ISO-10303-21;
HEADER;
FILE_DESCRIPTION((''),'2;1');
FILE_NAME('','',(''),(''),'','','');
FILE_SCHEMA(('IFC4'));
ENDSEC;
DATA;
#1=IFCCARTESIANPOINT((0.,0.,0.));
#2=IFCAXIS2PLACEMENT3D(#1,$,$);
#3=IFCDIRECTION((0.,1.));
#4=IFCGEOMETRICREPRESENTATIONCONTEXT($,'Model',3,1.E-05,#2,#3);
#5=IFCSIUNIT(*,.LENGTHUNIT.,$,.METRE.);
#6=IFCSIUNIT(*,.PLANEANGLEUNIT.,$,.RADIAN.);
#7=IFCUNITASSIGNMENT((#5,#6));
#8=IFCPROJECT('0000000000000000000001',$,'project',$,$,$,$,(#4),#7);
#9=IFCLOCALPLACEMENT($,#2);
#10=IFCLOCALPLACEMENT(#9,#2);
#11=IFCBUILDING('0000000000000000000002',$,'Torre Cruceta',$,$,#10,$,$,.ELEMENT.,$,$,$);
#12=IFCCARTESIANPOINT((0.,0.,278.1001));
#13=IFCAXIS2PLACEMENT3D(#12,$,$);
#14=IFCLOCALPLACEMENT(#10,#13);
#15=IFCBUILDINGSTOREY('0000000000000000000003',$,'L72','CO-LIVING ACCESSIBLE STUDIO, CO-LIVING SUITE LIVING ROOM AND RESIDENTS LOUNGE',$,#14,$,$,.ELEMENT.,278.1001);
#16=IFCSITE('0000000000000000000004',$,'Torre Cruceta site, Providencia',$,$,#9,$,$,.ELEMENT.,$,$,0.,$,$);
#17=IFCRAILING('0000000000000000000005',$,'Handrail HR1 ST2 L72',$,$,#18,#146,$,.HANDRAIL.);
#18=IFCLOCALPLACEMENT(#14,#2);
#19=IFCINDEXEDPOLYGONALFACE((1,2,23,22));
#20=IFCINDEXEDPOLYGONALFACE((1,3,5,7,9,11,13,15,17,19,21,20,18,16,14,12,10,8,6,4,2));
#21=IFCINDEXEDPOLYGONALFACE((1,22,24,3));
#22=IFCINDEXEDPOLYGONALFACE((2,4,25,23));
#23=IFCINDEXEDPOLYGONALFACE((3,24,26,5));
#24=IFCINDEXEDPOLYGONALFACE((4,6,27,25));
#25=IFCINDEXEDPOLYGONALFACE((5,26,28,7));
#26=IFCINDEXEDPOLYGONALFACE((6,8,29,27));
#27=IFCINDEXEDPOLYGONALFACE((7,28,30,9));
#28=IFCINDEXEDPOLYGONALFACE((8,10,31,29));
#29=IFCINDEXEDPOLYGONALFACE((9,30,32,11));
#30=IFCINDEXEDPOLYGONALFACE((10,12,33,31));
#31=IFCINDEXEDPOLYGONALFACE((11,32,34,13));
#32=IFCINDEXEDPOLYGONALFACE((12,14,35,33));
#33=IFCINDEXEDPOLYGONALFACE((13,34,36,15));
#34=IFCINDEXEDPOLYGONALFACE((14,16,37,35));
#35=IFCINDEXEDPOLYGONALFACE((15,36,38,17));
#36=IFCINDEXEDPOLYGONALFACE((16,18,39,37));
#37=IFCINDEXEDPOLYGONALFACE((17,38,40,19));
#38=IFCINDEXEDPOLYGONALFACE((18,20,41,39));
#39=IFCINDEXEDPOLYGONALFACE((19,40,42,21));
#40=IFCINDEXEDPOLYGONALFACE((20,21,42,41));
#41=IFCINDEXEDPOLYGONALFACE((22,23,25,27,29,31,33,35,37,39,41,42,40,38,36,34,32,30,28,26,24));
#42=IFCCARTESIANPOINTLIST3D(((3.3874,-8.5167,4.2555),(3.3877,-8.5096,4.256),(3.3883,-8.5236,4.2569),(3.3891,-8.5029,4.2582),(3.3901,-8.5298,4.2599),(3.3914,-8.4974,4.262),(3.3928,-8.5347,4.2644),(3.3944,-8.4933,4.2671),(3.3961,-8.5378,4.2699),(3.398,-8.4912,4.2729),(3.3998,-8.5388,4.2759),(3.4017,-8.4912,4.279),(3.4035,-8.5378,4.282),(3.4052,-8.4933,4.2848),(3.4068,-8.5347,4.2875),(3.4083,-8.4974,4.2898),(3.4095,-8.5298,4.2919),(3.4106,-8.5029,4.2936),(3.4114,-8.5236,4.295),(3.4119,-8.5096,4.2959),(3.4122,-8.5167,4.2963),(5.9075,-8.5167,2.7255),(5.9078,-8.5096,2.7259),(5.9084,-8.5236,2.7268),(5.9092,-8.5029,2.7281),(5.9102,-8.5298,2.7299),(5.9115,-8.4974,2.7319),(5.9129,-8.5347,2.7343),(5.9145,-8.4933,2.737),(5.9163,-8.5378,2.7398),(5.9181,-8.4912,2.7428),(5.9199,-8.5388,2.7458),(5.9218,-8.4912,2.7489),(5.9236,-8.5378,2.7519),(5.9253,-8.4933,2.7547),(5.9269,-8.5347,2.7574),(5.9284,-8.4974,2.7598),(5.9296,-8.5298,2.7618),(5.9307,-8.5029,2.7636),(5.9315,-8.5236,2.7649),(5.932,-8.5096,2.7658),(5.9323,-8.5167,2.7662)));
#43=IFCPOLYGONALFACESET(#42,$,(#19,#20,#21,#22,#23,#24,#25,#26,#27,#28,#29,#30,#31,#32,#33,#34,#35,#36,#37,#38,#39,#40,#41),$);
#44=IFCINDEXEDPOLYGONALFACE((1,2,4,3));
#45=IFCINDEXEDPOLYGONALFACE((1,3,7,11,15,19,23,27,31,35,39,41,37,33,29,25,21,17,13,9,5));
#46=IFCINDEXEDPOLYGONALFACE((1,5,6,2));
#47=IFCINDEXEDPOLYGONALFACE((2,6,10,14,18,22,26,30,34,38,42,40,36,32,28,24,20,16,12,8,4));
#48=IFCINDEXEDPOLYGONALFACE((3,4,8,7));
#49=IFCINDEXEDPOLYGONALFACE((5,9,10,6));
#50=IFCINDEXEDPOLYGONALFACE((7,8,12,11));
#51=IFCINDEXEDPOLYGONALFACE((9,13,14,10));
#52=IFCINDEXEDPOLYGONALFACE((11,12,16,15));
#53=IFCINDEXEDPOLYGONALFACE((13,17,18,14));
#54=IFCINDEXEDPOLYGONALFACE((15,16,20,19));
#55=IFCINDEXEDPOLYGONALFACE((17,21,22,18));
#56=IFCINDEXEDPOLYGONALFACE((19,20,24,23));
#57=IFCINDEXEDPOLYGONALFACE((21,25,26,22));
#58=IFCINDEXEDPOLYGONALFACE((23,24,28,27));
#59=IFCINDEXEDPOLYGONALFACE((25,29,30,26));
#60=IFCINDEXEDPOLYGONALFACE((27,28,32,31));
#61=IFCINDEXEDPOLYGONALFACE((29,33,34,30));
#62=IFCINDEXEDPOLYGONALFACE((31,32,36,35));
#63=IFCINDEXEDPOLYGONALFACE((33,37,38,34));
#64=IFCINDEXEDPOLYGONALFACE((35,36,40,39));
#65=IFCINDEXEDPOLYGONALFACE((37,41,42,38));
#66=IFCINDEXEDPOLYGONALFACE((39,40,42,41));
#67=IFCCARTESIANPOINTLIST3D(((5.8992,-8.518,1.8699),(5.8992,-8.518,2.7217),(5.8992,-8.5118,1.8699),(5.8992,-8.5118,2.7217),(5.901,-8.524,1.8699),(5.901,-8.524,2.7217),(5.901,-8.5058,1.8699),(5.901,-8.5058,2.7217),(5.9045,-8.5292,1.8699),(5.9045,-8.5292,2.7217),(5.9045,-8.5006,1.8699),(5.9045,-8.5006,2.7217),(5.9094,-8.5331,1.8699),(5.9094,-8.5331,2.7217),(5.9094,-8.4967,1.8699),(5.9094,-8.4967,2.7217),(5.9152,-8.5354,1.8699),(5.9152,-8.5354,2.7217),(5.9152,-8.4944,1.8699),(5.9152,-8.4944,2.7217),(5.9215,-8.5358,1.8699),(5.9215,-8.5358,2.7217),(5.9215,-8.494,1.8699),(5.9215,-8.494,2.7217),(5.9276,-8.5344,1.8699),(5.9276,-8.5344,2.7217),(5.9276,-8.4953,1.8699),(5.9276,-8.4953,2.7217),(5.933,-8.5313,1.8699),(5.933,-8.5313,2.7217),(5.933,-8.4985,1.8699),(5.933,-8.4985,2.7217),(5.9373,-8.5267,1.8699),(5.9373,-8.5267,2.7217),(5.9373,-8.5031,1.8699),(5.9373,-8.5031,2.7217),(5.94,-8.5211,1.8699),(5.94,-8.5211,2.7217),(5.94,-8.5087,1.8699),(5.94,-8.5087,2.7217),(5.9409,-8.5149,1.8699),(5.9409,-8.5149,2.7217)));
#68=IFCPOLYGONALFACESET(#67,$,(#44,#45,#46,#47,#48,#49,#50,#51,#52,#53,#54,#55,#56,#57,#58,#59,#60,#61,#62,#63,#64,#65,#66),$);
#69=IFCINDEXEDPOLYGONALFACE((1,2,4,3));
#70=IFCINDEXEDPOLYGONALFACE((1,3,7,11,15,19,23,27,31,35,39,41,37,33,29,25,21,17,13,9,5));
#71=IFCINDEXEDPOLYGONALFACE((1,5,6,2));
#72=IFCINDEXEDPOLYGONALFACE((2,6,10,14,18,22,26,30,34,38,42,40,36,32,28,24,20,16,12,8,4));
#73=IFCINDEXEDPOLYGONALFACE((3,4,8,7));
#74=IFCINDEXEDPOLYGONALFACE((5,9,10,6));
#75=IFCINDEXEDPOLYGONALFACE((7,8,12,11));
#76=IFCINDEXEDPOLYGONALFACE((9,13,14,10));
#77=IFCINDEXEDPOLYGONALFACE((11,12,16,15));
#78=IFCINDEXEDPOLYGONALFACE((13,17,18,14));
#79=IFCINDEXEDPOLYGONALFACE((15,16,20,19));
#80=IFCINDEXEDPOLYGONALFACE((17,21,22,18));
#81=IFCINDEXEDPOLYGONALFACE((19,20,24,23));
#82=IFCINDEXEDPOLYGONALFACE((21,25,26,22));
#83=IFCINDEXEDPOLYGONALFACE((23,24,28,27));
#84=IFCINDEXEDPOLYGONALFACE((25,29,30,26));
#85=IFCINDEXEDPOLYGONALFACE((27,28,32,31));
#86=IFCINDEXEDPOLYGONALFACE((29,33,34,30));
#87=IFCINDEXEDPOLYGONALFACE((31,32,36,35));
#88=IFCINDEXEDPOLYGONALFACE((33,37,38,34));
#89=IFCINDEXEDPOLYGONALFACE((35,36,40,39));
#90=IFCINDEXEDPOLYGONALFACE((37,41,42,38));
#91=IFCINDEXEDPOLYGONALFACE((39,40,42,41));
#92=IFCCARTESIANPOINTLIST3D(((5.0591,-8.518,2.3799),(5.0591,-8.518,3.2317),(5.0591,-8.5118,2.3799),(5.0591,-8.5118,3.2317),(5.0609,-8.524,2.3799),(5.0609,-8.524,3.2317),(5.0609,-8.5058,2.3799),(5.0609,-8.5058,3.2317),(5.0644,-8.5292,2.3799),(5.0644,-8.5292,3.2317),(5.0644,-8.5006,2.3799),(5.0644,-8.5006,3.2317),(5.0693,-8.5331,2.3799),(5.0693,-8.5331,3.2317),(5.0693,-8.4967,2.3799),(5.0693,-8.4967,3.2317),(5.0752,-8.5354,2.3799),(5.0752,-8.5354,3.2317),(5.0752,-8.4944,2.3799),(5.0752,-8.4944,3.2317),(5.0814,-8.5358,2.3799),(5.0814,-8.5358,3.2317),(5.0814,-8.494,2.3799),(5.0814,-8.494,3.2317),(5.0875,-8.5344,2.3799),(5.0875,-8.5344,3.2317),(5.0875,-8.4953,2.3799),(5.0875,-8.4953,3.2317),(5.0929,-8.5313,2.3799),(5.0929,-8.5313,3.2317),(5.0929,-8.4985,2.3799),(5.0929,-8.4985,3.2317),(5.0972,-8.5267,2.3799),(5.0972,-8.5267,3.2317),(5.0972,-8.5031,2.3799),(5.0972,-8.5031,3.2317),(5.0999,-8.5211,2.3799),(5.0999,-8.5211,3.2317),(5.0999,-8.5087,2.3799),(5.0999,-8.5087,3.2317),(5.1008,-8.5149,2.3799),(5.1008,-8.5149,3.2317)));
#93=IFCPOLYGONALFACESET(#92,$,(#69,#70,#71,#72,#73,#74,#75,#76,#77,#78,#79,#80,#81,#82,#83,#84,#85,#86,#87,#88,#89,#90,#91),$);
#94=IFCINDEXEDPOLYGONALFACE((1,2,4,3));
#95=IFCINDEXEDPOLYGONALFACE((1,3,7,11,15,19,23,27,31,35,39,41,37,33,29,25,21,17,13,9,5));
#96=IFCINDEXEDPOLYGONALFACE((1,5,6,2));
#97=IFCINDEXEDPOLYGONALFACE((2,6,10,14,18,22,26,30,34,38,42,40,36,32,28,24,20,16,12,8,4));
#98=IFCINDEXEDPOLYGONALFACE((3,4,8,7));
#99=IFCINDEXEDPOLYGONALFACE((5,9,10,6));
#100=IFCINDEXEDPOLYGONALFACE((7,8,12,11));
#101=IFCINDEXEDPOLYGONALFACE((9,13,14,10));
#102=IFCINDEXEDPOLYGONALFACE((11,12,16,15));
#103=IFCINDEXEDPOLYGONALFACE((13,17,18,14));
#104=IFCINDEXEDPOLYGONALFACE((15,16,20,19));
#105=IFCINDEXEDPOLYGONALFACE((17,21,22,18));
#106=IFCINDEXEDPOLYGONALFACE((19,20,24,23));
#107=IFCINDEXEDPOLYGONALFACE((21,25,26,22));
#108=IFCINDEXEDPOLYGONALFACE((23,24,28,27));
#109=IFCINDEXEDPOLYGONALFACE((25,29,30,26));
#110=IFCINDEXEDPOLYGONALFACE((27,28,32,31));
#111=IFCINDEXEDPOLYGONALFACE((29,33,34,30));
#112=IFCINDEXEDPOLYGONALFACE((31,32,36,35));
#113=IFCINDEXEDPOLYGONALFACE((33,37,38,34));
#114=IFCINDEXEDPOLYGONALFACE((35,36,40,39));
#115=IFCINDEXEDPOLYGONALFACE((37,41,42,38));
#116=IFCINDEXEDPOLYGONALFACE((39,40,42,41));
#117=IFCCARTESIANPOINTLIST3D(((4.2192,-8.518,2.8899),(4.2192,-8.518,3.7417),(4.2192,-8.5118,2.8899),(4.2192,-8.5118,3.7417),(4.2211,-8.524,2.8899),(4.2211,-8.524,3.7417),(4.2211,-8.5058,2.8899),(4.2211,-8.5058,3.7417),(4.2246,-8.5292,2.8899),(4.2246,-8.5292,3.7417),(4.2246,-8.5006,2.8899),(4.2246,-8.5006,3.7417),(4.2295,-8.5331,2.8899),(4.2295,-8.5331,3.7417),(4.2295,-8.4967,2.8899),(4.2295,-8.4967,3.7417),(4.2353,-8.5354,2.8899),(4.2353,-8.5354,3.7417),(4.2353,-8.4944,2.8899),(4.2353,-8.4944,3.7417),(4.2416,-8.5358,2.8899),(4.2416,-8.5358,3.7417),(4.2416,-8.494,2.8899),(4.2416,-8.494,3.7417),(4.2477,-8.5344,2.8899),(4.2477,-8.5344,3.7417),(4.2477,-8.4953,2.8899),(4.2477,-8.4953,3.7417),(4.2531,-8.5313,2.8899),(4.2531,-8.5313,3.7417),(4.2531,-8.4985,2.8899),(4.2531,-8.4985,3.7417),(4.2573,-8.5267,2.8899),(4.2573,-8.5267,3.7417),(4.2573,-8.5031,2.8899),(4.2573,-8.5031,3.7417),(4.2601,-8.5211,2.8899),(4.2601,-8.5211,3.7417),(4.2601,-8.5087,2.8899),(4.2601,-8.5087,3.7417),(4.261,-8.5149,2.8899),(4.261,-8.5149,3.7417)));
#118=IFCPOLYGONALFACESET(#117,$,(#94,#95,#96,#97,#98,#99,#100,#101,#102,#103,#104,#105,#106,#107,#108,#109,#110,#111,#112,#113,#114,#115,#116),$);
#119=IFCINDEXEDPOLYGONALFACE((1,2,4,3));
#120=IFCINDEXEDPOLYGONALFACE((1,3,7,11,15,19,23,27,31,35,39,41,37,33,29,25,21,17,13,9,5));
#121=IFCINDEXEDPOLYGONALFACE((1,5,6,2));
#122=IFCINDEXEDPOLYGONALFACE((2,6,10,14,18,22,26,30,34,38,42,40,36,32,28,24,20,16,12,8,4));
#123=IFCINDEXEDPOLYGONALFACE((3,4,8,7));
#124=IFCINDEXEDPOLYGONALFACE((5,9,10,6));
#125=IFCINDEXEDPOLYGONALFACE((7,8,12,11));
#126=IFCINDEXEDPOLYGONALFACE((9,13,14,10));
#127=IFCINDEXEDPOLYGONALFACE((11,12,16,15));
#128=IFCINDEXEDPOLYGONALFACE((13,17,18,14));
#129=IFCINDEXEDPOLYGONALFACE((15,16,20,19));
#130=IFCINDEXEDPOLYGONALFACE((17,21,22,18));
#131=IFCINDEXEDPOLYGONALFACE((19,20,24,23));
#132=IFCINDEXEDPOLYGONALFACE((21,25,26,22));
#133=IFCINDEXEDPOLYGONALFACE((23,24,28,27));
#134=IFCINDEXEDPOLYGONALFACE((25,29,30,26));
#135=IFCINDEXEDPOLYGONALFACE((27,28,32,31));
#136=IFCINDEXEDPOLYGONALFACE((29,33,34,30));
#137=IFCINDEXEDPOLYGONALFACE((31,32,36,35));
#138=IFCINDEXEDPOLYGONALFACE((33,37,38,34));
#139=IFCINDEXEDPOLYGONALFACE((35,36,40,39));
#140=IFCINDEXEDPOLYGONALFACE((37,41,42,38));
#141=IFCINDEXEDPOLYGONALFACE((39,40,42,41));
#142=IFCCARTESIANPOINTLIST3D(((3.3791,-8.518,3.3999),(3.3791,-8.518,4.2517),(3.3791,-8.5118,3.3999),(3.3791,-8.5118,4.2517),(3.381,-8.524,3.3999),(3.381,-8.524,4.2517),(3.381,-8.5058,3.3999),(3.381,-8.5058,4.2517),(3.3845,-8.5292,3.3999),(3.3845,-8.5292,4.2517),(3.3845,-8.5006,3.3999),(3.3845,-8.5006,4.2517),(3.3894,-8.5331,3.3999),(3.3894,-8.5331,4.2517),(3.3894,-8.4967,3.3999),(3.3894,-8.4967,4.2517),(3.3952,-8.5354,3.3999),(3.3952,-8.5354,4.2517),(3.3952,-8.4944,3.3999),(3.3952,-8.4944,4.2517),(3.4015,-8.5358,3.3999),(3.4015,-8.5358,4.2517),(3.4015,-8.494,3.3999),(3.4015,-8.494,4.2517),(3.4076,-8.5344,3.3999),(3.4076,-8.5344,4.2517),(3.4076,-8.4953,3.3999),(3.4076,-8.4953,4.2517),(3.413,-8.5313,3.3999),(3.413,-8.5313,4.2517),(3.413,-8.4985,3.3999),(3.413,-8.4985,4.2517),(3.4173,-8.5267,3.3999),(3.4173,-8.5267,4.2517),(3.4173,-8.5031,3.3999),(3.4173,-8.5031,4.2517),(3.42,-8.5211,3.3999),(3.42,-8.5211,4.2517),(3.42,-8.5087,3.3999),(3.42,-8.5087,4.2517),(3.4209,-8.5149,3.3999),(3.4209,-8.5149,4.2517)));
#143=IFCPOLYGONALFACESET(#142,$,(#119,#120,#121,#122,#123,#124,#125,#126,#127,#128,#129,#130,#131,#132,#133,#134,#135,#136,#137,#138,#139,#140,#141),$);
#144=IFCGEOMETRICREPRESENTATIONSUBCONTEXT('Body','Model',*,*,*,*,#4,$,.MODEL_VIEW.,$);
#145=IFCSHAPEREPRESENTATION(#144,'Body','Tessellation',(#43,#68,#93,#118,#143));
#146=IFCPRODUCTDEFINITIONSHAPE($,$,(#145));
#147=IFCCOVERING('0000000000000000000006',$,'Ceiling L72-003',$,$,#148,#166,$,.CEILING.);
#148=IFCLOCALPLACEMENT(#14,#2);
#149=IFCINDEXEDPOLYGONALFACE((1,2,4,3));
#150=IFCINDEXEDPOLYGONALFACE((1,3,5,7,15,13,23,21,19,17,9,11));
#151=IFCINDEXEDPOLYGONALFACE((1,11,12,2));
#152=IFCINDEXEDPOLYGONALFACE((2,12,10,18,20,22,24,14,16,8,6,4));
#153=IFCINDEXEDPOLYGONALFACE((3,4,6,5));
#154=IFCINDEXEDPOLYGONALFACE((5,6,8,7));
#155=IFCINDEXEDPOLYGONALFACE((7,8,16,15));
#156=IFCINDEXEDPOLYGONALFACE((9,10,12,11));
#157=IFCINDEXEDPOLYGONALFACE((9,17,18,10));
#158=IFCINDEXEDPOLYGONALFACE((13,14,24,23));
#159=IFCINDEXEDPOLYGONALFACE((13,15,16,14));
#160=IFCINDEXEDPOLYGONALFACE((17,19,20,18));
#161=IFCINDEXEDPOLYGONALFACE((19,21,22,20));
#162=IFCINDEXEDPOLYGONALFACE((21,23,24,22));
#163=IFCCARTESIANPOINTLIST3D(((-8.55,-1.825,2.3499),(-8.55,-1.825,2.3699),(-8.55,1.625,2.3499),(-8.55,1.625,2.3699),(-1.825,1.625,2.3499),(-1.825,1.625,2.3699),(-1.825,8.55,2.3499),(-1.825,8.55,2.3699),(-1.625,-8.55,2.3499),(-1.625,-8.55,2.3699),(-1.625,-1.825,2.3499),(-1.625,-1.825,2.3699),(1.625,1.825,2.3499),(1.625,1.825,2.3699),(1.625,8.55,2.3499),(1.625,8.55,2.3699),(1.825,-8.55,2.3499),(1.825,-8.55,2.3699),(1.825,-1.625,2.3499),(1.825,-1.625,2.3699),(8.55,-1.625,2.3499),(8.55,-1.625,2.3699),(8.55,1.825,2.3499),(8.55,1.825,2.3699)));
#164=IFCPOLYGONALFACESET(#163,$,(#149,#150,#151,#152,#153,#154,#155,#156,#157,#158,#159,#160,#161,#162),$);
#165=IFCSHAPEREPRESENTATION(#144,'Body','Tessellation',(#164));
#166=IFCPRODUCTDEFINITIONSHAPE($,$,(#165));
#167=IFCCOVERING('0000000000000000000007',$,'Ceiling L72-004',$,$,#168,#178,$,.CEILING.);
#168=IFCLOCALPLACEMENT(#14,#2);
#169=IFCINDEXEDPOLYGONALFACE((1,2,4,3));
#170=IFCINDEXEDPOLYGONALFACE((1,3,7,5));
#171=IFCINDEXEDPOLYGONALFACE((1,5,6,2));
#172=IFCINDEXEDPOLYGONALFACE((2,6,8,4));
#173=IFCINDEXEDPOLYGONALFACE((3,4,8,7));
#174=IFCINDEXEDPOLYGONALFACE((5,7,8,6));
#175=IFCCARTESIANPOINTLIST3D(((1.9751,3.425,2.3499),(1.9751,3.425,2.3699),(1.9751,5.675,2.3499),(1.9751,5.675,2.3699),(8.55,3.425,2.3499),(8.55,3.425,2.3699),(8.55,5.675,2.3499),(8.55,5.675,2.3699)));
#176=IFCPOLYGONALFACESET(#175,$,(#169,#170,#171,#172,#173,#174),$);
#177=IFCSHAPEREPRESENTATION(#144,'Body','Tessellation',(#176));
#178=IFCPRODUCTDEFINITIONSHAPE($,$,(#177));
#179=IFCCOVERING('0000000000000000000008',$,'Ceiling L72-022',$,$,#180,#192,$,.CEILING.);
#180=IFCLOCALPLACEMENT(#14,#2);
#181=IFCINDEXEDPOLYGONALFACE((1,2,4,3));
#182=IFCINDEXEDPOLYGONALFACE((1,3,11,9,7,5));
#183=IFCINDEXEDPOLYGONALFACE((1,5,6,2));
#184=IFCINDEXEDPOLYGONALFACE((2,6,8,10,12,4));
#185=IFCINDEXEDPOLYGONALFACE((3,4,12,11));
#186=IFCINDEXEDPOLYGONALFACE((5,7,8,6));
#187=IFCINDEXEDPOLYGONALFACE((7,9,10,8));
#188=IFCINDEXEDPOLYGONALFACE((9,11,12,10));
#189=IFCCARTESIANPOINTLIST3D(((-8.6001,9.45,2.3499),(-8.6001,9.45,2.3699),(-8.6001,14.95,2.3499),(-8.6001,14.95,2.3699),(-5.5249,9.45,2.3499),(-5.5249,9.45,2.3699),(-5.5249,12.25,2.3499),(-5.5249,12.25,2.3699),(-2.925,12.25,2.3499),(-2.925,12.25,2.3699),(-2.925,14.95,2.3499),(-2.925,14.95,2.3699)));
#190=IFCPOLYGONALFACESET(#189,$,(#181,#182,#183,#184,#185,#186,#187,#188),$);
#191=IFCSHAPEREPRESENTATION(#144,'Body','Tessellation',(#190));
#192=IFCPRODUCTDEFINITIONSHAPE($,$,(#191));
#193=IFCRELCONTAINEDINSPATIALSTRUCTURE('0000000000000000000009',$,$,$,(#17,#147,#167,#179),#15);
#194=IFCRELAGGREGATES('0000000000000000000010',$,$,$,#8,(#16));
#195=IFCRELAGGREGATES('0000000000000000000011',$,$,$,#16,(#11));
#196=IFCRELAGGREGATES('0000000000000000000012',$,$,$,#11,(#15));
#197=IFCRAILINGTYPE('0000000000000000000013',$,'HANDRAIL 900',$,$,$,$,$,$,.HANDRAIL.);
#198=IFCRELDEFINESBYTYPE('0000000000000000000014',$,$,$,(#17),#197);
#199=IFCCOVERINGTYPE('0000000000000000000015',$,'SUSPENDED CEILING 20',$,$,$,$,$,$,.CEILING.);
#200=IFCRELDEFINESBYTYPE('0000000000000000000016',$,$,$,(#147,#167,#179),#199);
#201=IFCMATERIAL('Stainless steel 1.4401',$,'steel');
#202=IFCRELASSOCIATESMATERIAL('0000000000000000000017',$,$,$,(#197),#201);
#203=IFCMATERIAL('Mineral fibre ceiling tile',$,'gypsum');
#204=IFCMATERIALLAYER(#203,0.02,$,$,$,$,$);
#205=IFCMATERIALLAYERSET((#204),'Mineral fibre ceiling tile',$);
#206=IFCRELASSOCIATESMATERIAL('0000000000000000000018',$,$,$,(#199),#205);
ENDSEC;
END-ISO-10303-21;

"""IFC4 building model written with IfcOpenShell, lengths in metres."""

from ifc_helpers import new_model, si_unit, direction, frame, origin, origin_2d, place, context, subcontext, project, spatial, polyline, circle, outline, extrude, material, layer, layer_set, type_object, element, save


model = new_model("IFC4")

# Units and contexts
model_context = context("Model", 3, precision=1e-05, world=origin(), true_north=direction((0.0, 1.0)))
body_context = subcontext(model_context, "Body", "Model", "MODEL_VIEW")
ifc_project = project(units=[si_unit("LENGTHUNIT", "METRE"), si_unit("PLANEANGLEUNIT", "RADIAN")], contexts=[model_context])

# Site, building, storey
site_placement = place(None, origin())
site = spatial("IfcSite", under=ifc_project, at=site_placement, Name="Torre Cruceta site, Providencia", CompositionType="ELEMENT", RefElevation=0.0)
building_placement = place(site_placement, origin())
building = spatial("IfcBuilding", under=site, at=building_placement, Name="Torre Cruceta", CompositionType="ELEMENT")
storey_placement = place(building_placement, frame((0.0, 0.0, 278.1001)))
storey = spatial("IfcBuildingStorey", under=building, at=storey_placement, Name="L72", Description="CO-LIVING ACCESSIBLE STUDIO, CO-LIVING SUITE LIVING ROOM AND RESIDENTS LOUNGE", CompositionType="ELEMENT", Elevation=278.1001)

# Railing
ifc_material_1 = material(Name="Stainless steel 1.4401", Category="steel")
railing_type = type_object("IfcRailingType", Name="HANDRAIL 900", PredefinedType="HANDRAIL", material=ifc_material_1)
railing_1_placement = place(storey_placement, frame((5.9199, -8.5149, 1.8699)))
element("IfcRailing", 1, at=railing_1_placement, inside=storey, type_object=railing_type, Name="Handrail HR1 ST2 L72", PredefinedType="HANDRAIL", context=body_context, shape_type="SweptSolid", body=[
    extrude(circle(Radius=0.0239, at=origin_2d()), frame((0.0, 0.0, 0.876), z_axis=(-0.854785, 0.0, 0.518982), x_axis=(0.0, -1.0, 0.0)), (0.0, 0.0, 1.0), 2.9482),
    extrude(circle(Radius=0.021, at=origin_2d()), origin(), (0.0, 0.0, 1.0), 0.8518),
    extrude(circle(Radius=0.021, at=origin_2d()), frame((-0.8401, 0.0, 0.51)), (0.0, 0.0, 1.0), 0.8518),
    extrude(circle(Radius=0.021, at=origin_2d()), frame((-1.6799, 0.0, 1.02)), (0.0, 0.0, 1.0), 0.8518),
    extrude(circle(Radius=0.021, at=origin_2d()), frame((-2.52, 0.0, 1.53)), (0.0, 0.0, 1.0), 0.8518),
])

# Coverings
ifc_material_2 = material(Name="Mineral fibre ceiling tile", Category="gypsum")
ifc_layer_1 = layer(ifc_material_2, 0.02)
ifc_layer_set_1 = layer_set([ifc_layer_1], Name="Mineral fibre ceiling tile")
covering_type = type_object("IfcCoveringType", Name="SUSPENDED CEILING 20", PredefinedType="CEILING", material=ifc_layer_set_1)
covering_1_placement = place(storey_placement, frame((0.0, 0.0, 2.3499)))
element("IfcCovering", 2, at=covering_1_placement, inside=storey, type_object=covering_type, Name="Ceiling L72-003", PredefinedType="CEILING", context=body_context, shape_type="SweptSolid", body=[
    extrude(outline(polyline([(-1.625, -8.55), (-1.625, -1.825), (-8.55, -1.825), (-8.55, 1.625), (-1.825, 1.625), (-1.825, 8.55), (1.625, 8.55), (1.625, 1.825), (8.55, 1.825), (8.55, -1.625), (1.825, -1.625), (1.825, -8.55), (-1.625, -8.55)])), origin(), (0.0, 0.0, 1.0), 0.02),
])
covering_2_placement = place(storey_placement, frame((0.0, 0.0, 2.3499)))
element("IfcCovering", 3, at=covering_2_placement, inside=storey, type_object=covering_type, Name="Ceiling L72-004", PredefinedType="CEILING", context=body_context, shape_type="SweptSolid", body=[
    extrude(outline(polyline([(1.9751, 3.425), (1.9751, 5.675), (8.55, 5.675), (8.55, 3.425), (1.9751, 3.425)])), origin(), (0.0, 0.0, 1.0), 0.02),
])
covering_3_placement = place(storey_placement, frame((0.0, 0.0, 2.3499)))
element("IfcCovering", 4, at=covering_3_placement, inside=storey, type_object=covering_type, Name="Ceiling L72-022", PredefinedType="CEILING", context=body_context, shape_type="SweptSolid", body=[
    extrude(outline(polyline([(-8.6001, 9.45), (-8.6001, 14.95), (-2.925, 14.95), (-2.925, 12.25), (-5.5249, 12.25), (-5.5249, 9.45), (-8.6001, 9.45)])), origin(), (0.0, 0.0, 1.0), 0.02),
])

save(model, "model.ifc")
